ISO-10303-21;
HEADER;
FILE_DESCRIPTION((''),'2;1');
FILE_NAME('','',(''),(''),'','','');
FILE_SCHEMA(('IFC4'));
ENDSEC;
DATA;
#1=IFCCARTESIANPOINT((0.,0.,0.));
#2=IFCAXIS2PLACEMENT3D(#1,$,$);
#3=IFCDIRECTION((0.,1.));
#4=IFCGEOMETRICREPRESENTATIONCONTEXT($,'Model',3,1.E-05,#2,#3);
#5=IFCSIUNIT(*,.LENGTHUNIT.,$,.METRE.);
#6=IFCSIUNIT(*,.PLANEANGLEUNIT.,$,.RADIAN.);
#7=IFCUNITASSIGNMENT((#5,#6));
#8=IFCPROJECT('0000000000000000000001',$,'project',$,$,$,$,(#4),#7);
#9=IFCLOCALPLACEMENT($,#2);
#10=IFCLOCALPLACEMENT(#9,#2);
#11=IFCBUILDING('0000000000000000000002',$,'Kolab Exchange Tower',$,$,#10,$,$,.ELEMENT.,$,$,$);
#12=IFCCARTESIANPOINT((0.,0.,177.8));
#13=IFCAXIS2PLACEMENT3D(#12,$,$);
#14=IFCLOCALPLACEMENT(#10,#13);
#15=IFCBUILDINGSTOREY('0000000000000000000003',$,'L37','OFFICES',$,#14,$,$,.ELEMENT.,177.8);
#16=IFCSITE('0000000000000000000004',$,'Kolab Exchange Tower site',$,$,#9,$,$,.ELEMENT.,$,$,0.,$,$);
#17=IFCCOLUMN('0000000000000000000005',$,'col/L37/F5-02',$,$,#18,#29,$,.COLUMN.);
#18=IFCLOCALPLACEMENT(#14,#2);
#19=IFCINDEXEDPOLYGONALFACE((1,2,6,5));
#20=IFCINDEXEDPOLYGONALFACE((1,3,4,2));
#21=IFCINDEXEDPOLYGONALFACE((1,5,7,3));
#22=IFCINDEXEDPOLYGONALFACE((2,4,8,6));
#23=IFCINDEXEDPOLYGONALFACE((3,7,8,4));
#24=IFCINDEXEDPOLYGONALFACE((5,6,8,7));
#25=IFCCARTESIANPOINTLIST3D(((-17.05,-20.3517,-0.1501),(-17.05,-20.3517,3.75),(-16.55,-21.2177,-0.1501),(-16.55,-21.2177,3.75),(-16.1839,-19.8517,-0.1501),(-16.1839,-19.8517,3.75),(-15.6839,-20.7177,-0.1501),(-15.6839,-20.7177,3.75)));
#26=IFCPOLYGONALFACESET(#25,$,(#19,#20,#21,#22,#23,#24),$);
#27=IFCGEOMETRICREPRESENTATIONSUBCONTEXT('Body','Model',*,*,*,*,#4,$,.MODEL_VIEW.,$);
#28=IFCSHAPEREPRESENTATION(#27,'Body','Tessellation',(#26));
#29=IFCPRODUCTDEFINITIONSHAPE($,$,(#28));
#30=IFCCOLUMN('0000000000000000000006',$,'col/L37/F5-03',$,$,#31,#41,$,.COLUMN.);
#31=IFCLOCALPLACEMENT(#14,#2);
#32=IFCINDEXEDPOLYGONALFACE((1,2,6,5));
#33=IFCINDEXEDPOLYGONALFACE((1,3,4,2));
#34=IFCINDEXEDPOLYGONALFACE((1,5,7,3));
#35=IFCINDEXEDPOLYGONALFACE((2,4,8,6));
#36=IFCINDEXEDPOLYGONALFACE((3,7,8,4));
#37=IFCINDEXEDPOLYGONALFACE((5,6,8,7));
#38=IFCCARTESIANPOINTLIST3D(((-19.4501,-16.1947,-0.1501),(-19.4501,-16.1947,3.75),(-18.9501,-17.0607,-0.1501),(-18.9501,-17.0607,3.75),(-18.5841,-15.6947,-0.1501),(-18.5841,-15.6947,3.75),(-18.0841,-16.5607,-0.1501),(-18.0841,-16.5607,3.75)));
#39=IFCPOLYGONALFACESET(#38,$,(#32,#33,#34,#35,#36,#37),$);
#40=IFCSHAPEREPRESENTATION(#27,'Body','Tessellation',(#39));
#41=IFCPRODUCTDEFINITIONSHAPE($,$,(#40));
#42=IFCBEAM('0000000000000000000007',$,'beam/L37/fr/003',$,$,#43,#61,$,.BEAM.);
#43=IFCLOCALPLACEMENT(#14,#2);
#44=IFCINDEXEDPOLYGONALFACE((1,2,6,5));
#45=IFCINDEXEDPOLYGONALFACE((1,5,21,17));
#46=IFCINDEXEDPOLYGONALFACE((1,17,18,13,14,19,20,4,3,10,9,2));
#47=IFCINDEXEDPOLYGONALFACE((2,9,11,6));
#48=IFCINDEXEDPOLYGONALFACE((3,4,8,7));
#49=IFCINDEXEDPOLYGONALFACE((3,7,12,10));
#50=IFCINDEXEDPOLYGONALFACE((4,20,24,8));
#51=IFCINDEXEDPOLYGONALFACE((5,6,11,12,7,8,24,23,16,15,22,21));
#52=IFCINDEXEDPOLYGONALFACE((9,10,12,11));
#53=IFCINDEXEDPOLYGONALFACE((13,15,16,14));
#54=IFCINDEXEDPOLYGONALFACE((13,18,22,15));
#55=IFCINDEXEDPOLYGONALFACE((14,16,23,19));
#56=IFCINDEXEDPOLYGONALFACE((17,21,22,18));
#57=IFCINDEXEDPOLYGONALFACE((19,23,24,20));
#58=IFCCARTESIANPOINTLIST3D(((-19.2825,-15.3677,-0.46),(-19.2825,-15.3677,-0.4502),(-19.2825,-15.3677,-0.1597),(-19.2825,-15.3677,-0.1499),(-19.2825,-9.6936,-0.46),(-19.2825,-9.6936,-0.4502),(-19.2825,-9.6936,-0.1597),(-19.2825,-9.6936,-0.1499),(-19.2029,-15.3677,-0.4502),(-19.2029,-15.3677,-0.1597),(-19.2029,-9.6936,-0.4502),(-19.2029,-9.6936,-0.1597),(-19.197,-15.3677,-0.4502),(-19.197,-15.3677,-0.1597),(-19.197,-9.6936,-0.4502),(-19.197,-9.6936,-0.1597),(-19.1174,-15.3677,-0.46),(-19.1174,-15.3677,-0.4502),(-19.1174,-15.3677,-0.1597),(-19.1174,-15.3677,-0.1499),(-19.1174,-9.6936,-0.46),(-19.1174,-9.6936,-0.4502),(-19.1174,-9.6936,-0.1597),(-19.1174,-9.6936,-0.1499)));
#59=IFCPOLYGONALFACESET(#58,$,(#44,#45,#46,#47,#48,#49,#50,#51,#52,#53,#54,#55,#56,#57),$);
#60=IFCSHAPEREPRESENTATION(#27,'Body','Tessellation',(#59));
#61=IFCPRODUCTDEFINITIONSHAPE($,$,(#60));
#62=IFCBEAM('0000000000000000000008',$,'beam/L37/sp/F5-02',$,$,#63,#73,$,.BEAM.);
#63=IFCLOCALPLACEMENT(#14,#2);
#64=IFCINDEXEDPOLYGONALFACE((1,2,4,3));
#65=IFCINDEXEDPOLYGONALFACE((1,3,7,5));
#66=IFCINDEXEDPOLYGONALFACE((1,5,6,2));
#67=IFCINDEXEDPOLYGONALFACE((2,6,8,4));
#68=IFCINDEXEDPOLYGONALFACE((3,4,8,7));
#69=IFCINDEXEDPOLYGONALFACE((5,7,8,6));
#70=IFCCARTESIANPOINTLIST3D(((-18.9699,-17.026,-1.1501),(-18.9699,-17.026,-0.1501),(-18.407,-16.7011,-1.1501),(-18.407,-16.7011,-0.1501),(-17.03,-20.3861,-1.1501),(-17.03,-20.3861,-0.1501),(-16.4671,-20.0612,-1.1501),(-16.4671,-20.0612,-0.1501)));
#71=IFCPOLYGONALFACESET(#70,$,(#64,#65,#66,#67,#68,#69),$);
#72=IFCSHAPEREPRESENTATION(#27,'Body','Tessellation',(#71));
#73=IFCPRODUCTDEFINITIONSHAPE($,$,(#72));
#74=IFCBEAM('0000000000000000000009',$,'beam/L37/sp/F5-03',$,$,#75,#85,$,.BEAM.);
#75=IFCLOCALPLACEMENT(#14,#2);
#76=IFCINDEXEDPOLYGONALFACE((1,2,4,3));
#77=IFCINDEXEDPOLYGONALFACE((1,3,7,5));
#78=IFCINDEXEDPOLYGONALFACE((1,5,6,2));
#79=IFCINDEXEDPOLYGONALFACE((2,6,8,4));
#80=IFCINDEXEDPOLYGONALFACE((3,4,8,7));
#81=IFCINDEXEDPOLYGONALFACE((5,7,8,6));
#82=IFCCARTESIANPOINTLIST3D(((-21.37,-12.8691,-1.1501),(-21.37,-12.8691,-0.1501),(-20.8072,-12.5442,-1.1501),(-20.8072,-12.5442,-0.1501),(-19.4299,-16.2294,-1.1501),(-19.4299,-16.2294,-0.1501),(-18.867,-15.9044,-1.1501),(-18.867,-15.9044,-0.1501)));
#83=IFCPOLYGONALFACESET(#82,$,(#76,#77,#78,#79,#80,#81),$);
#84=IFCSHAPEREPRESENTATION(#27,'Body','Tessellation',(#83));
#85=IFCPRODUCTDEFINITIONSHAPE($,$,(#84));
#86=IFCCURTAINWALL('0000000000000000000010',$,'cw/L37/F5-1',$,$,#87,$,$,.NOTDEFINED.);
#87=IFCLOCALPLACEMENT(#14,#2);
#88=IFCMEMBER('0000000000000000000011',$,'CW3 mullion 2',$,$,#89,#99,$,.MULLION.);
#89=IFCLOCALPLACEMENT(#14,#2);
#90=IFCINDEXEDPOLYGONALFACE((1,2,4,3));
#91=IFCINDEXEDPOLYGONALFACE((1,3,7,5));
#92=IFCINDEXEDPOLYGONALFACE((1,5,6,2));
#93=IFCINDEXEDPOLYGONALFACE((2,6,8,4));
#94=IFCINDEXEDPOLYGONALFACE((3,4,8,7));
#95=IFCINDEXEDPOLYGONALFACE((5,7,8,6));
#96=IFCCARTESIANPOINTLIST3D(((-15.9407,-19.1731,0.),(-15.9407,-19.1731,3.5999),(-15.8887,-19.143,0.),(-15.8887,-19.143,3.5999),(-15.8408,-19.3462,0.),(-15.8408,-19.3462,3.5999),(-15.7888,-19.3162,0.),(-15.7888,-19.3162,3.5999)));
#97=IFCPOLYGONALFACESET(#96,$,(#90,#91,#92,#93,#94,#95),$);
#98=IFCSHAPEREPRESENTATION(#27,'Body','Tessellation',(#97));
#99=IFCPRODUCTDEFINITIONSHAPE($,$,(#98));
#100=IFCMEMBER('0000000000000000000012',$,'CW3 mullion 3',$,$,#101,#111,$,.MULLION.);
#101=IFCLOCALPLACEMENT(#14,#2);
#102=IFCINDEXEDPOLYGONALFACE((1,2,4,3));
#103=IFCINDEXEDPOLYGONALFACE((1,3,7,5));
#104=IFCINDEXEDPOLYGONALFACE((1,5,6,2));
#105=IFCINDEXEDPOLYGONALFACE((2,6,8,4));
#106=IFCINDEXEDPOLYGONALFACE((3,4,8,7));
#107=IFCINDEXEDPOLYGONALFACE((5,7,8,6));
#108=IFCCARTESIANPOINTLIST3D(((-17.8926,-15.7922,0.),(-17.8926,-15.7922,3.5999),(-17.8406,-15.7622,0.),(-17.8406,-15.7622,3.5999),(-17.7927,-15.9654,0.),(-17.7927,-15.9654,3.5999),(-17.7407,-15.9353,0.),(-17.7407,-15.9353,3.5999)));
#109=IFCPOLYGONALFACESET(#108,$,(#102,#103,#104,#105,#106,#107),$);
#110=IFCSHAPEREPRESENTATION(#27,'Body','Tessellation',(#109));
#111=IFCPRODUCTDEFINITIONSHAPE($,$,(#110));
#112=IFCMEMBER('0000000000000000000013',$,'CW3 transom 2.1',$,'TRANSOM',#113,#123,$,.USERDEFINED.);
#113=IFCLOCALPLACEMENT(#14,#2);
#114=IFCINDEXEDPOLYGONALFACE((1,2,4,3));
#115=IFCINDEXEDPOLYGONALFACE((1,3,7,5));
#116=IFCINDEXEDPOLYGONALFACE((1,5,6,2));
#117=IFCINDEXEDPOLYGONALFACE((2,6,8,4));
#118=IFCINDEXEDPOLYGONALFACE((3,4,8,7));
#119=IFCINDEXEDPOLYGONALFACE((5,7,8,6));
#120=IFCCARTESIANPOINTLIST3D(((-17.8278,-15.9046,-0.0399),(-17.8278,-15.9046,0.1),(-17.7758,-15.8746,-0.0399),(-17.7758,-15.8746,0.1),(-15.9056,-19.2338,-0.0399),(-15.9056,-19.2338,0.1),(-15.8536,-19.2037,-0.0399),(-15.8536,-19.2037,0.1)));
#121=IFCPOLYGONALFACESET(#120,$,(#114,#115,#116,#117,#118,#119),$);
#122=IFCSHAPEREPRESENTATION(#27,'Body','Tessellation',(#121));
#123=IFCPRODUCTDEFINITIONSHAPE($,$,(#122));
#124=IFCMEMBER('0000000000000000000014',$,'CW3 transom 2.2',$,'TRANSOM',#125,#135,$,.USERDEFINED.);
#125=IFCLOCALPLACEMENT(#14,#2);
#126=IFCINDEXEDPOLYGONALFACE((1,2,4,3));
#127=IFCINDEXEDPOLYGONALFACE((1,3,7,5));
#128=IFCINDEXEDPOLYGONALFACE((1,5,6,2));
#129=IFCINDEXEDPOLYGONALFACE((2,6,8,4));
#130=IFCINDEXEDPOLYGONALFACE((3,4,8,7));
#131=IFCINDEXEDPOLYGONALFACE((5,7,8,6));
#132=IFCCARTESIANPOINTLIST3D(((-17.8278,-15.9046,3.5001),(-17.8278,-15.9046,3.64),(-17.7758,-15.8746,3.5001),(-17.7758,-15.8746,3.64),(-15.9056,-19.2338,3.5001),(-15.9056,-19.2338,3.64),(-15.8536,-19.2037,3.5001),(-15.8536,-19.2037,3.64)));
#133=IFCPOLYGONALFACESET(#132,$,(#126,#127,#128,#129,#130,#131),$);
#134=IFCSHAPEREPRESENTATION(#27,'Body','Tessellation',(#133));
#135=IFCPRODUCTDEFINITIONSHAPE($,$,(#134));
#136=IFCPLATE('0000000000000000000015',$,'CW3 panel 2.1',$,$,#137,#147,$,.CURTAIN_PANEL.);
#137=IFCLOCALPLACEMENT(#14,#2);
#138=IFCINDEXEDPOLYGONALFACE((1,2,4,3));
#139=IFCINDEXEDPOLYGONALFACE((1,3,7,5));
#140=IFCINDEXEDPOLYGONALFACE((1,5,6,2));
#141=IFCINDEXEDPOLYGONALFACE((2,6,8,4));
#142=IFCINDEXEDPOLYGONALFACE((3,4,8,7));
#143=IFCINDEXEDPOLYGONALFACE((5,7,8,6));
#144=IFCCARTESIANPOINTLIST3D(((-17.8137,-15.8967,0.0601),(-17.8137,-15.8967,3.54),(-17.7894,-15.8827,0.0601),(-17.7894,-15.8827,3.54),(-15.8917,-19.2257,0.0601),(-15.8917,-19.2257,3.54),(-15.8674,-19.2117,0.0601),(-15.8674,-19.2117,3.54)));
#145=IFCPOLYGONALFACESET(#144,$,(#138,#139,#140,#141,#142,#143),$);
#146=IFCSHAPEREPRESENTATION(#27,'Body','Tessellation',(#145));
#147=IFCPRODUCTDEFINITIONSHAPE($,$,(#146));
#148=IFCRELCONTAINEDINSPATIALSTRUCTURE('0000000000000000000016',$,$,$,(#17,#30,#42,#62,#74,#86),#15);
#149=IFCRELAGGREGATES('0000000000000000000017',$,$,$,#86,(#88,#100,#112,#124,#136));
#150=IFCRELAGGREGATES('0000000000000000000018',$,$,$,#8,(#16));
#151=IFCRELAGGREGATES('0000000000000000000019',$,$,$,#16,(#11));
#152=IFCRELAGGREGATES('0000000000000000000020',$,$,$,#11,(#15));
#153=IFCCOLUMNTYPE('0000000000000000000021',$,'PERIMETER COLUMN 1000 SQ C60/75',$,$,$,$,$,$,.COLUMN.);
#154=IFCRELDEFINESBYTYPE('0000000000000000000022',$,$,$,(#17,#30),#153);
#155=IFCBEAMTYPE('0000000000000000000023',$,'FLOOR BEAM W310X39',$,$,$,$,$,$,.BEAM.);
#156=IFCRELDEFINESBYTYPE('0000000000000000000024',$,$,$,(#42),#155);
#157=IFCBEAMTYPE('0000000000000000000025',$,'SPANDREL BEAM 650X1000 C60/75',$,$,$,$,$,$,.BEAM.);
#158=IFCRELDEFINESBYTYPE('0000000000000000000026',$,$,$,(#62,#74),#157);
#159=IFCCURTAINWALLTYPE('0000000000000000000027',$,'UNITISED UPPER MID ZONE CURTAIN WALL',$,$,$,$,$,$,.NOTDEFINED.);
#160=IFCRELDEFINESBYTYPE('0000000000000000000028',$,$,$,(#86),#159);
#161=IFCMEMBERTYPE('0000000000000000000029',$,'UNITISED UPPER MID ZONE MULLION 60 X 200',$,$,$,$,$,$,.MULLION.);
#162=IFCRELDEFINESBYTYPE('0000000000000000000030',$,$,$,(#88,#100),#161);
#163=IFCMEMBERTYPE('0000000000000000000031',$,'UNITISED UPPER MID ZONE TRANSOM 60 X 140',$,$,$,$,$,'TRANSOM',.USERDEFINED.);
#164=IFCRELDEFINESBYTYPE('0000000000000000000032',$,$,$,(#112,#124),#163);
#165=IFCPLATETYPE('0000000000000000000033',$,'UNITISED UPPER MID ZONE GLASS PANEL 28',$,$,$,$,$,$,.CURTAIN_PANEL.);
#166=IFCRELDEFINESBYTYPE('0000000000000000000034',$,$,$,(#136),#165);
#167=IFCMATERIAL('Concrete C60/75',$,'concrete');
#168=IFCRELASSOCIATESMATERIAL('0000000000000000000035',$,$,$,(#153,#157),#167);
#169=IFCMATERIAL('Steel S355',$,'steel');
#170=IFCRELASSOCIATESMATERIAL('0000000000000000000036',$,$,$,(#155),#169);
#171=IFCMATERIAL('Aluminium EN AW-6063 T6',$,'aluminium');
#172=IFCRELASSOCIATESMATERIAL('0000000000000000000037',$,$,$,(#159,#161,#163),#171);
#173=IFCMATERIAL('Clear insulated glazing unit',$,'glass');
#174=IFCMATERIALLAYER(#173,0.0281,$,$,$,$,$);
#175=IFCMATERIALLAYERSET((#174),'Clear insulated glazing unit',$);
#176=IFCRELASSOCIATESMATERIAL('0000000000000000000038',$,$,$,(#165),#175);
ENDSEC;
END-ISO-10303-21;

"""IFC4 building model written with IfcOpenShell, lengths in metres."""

from ifc_helpers import new_model, si_unit, direction, frame, origin, origin_2d, place, context, subcontext, project, spatial, rectangle, i_section, extrude, material, layer, layer_set, material_profile, profile_set, type_object, element, aggregate, save


model = new_model("IFC4")

# Units and contexts
model_context = context("Model", 3, precision=1e-05, world=origin(), true_north=direction((0.0, 1.0)))
body_context = subcontext(model_context, "Body", "Model", "MODEL_VIEW")
ifc_project = project(units=[si_unit("LENGTHUNIT", "METRE"), si_unit("PLANEANGLEUNIT", "RADIAN")], contexts=[model_context])

# Site, building, storey
site_placement = place(None, origin())
site = spatial("IfcSite", under=ifc_project, at=site_placement, Name="Kolab Exchange Tower site", CompositionType="ELEMENT", RefElevation=0.0)
building_placement = place(site_placement, origin())
building = spatial("IfcBuilding", under=site, at=building_placement, Name="Kolab Exchange Tower", CompositionType="ELEMENT")
storey_placement = place(building_placement, frame((0.0, 0.0, 177.8)))
storey = spatial("IfcBuildingStorey", under=building, at=storey_placement, Name="L37", Description="OFFICES", CompositionType="ELEMENT", Elevation=177.8)

# Columns
ifc_material_1 = material(Name="Concrete C60/75", Category="concrete")
ifc_material_profile_1 = material_profile(ifc_material_1, rectangle(XDim=1.0, YDim=1.0, at=origin_2d()), Name="RC1000")
ifc_profile_set_1 = profile_set([ifc_material_profile_1], Name="Concrete C60/75")
column_type = type_object("IfcColumnType", Name="PERIMETER COLUMN 1000 SQ C60/75", PredefinedType="COLUMN", material=ifc_profile_set_1)
for number, where, z_axis, x_axis, name in (
    (1, (-16.3669, -20.5347, -0.1501), (0.0, 0.0, 1.0), (0.866025, 0.5, 0.0), "col/L37/F5-02"),
    (2, (-18.7671, -16.3777, -0.1501), (0.0, 0.0, 1.0), (0.866025, 0.5, 0.0), "col/L37/F5-03"),
):
    element("IfcColumn", number, at=place(storey_placement, frame(where, z_axis=z_axis, x_axis=x_axis)), inside=storey, type_object=column_type, Name=name, PredefinedType="COLUMN", context=body_context, shape_type="SweptSolid", body=[
        extrude(rectangle(XDim=1.0, YDim=1.0, at=origin_2d()), origin(), (0.0, 0.0, 1.0), 3.9001),
    ])

# Beams
ifc_material_2 = material(Name="Steel S355", Category="steel")
ifc_material_profile_2 = material_profile(ifc_material_2, i_section(OverallWidth=0.165, OverallDepth=0.3101, WebThickness=0.0059, FlangeThickness=0.0098, at=origin_2d()), Name="W310X39")
ifc_profile_set_2 = profile_set([ifc_material_profile_2], Name="Steel S355")
beam_type_1 = type_object("IfcBeamType", Name="FLOOR BEAM W310X39", PredefinedType="BEAM", material=ifc_profile_set_2)
beam_1_placement = place(storey_placement, frame((-19.2, -15.3677, -0.3049), z_axis=(0.0, 1.0, 0.0), x_axis=(-1.0, 0.0, 0.0)))
element("IfcBeam", 3, at=beam_1_placement, inside=storey, type_object=beam_type_1, Name="beam/L37/fr/003", PredefinedType="BEAM", context=body_context, shape_type="SweptSolid", body=[
    extrude(i_section(OverallWidth=0.165, OverallDepth=0.3101, WebThickness=0.0059, FlangeThickness=0.0098, at=origin_2d()), origin(), (0.0, 0.0, 1.0), 5.6741),
])
ifc_material_profile_3 = material_profile(ifc_material_1, rectangle(XDim=0.6499, YDim=1.0, at=origin_2d()), Name="RC650X1000")
ifc_profile_set_3 = profile_set([ifc_material_profile_3], Name="Concrete C60/75")
beam_type_2 = type_object("IfcBeamType", Name="SPANDREL BEAM 650X1000 C60/75", PredefinedType="BEAM", material=ifc_profile_set_3)
beam_2_placement = place(storey_placement, frame((-16.7485, -20.2236, -0.6501), z_axis=(-0.499997, 0.866027, 0.0), x_axis=(-0.866027, -0.499997, 0.0)))
element("IfcBeam", 4, at=beam_2_placement, inside=storey, type_object=beam_type_2, Name="beam/L37/sp/F5-02", PredefinedType="BEAM", context=body_context, shape_type="SweptSolid", body=[
    extrude(rectangle(XDim=0.6499, YDim=1.0, at=origin_2d()), origin(), (0.0, 0.0, 1.0), 3.8799),
])
beam_3_placement = place(storey_placement, frame((-19.1484, -16.0669, -0.6501), z_axis=(-0.500017, 0.866016, 0.0), x_axis=(-0.866016, -0.500017, 0.0)))
element("IfcBeam", 5, at=beam_3_placement, inside=storey, type_object=beam_type_2, Name="beam/L37/sp/F5-03", PredefinedType="BEAM", context=body_context, shape_type="SweptSolid", body=[
    extrude(rectangle(XDim=0.6499, YDim=1.0, at=origin_2d()), origin(), (0.0, 0.0, 1.0), 3.8801),
])

# Curtain wall, members, plate
ifc_material_3 = material(Name="Aluminium EN AW-6063 T6", Category="aluminium")
curtain_wall_type = type_object("IfcCurtainWallType", Name="UNITISED UPPER MID ZONE CURTAIN WALL", PredefinedType="NOTDEFINED", material=ifc_material_3)
curtain_wall_placement = place(storey_placement, origin())
curtain_wall = element("IfcCurtainWall", 6, at=curtain_wall_placement, inside=storey, type_object=curtain_wall_type, Name="cw/L37/F5-1", PredefinedType="NOTDEFINED")
ifc_material_profile_4 = material_profile(ifc_material_3, rectangle(XDim=0.0601, YDim=0.2, at=origin_2d()), Name="RECT 60X200")
ifc_profile_set_4 = profile_set([ifc_material_profile_4], Name="Aluminium EN AW-6063 T6")
member_type_1 = type_object("IfcMemberType", Name="UNITISED UPPER MID ZONE MULLION 60 X 200", PredefinedType="MULLION", material=ifc_profile_set_4)
member_1_placement = place(storey_placement, frame((-15.8647, -19.2446, 0.0), z_axis=(0.0, 0.0, 1.0), x_axis=(-0.866025, -0.5, 0.0)))
member_1 = element("IfcMember", 7, at=member_1_placement, type_object=member_type_1, Name="CW3 mullion 2", PredefinedType="MULLION", context=body_context, shape_type="SweptSolid", body=[
    extrude(rectangle(XDim=0.0601, YDim=0.2, at=origin_2d()), origin(), (0.0, 0.0, 1.0), 3.5999),
])
member_2_placement = place(storey_placement, frame((-17.8167, -15.8638, 0.0), z_axis=(0.0, 0.0, 1.0), x_axis=(-0.866025, -0.5, 0.0)))
member_2 = element("IfcMember", 8, at=member_2_placement, type_object=member_type_1, Name="CW3 mullion 3", PredefinedType="MULLION", context=body_context, shape_type="SweptSolid", body=[
    extrude(rectangle(XDim=0.0601, YDim=0.2, at=origin_2d()), origin(), (0.0, 0.0, 1.0), 3.5999),
])
ifc_material_profile_5 = material_profile(ifc_material_3, rectangle(XDim=0.0601, YDim=0.1399, at=origin_2d()), Name="RECT 60X140")
ifc_profile_set_5 = profile_set([ifc_material_profile_5], Name="Aluminium EN AW-6063 T6")
member_type_2 = type_object("IfcMemberType", Name="UNITISED UPPER MID ZONE TRANSOM 60 X 140", ElementType="TRANSOM", PredefinedType="USERDEFINED", material=ifc_profile_set_5)
member_3_placement = place(storey_placement, frame((-15.8796, -19.2188, 0.03), z_axis=(-0.500012, 0.866018, 0.0), x_axis=(-0.866018, -0.500012, 0.0)))
member_3 = element("IfcMember", 9, at=member_3_placement, type_object=member_type_2, Name="CW3 transom 2.1", ObjectType="TRANSOM", PredefinedType="USERDEFINED", context=body_context, shape_type="SweptSolid", body=[
    extrude(rectangle(XDim=0.0601, YDim=0.1399, at=origin_2d()), origin(), (0.0, 0.0, 1.0), 3.8442),
])
member_4_placement = place(storey_placement, frame((-15.8796, -19.2188, 3.5701), z_axis=(-0.500012, 0.866018, 0.0), x_axis=(-0.866018, -0.500012, 0.0)))
member_4 = element("IfcMember", 10, at=member_4_placement, type_object=member_type_2, Name="CW3 transom 2.2", ObjectType="TRANSOM", PredefinedType="USERDEFINED", context=body_context, shape_type="SweptSolid", body=[
    extrude(rectangle(XDim=0.0601, YDim=0.1399, at=origin_2d()), origin(), (0.0, 0.0, 1.0), 3.8442),
])
ifc_material_4 = material(Name="Clear insulated glazing unit", Category="glass")
ifc_layer_1 = layer(ifc_material_4, 0.0281)
ifc_layer_set_1 = layer_set([ifc_layer_1], Name="Clear insulated glazing unit")
plate_type = type_object("IfcPlateType", Name="UNITISED UPPER MID ZONE GLASS PANEL 28", PredefinedType="CURTAIN_PANEL", material=ifc_layer_set_1)
plate_placement = place(storey_placement, frame((-16.8406, -17.5542, 0.0601), z_axis=(0.0, 0.0, 1.0), x_axis=(-0.5, 0.866025, 0.0)))
plate = element("IfcPlate", 11, at=plate_placement, type_object=plate_type, Name="CW3 panel 2.1", PredefinedType="CURTAIN_PANEL", context=body_context, shape_type="SweptSolid", body=[
    extrude(rectangle(XDim=3.844, YDim=0.0281, at=origin_2d()), origin(), (0.0, 0.0, 1.0), 3.48),
])
aggregate(curtain_wall, [member_1, member_2, member_3, member_4, plate])

save(model, "model.ifc")
